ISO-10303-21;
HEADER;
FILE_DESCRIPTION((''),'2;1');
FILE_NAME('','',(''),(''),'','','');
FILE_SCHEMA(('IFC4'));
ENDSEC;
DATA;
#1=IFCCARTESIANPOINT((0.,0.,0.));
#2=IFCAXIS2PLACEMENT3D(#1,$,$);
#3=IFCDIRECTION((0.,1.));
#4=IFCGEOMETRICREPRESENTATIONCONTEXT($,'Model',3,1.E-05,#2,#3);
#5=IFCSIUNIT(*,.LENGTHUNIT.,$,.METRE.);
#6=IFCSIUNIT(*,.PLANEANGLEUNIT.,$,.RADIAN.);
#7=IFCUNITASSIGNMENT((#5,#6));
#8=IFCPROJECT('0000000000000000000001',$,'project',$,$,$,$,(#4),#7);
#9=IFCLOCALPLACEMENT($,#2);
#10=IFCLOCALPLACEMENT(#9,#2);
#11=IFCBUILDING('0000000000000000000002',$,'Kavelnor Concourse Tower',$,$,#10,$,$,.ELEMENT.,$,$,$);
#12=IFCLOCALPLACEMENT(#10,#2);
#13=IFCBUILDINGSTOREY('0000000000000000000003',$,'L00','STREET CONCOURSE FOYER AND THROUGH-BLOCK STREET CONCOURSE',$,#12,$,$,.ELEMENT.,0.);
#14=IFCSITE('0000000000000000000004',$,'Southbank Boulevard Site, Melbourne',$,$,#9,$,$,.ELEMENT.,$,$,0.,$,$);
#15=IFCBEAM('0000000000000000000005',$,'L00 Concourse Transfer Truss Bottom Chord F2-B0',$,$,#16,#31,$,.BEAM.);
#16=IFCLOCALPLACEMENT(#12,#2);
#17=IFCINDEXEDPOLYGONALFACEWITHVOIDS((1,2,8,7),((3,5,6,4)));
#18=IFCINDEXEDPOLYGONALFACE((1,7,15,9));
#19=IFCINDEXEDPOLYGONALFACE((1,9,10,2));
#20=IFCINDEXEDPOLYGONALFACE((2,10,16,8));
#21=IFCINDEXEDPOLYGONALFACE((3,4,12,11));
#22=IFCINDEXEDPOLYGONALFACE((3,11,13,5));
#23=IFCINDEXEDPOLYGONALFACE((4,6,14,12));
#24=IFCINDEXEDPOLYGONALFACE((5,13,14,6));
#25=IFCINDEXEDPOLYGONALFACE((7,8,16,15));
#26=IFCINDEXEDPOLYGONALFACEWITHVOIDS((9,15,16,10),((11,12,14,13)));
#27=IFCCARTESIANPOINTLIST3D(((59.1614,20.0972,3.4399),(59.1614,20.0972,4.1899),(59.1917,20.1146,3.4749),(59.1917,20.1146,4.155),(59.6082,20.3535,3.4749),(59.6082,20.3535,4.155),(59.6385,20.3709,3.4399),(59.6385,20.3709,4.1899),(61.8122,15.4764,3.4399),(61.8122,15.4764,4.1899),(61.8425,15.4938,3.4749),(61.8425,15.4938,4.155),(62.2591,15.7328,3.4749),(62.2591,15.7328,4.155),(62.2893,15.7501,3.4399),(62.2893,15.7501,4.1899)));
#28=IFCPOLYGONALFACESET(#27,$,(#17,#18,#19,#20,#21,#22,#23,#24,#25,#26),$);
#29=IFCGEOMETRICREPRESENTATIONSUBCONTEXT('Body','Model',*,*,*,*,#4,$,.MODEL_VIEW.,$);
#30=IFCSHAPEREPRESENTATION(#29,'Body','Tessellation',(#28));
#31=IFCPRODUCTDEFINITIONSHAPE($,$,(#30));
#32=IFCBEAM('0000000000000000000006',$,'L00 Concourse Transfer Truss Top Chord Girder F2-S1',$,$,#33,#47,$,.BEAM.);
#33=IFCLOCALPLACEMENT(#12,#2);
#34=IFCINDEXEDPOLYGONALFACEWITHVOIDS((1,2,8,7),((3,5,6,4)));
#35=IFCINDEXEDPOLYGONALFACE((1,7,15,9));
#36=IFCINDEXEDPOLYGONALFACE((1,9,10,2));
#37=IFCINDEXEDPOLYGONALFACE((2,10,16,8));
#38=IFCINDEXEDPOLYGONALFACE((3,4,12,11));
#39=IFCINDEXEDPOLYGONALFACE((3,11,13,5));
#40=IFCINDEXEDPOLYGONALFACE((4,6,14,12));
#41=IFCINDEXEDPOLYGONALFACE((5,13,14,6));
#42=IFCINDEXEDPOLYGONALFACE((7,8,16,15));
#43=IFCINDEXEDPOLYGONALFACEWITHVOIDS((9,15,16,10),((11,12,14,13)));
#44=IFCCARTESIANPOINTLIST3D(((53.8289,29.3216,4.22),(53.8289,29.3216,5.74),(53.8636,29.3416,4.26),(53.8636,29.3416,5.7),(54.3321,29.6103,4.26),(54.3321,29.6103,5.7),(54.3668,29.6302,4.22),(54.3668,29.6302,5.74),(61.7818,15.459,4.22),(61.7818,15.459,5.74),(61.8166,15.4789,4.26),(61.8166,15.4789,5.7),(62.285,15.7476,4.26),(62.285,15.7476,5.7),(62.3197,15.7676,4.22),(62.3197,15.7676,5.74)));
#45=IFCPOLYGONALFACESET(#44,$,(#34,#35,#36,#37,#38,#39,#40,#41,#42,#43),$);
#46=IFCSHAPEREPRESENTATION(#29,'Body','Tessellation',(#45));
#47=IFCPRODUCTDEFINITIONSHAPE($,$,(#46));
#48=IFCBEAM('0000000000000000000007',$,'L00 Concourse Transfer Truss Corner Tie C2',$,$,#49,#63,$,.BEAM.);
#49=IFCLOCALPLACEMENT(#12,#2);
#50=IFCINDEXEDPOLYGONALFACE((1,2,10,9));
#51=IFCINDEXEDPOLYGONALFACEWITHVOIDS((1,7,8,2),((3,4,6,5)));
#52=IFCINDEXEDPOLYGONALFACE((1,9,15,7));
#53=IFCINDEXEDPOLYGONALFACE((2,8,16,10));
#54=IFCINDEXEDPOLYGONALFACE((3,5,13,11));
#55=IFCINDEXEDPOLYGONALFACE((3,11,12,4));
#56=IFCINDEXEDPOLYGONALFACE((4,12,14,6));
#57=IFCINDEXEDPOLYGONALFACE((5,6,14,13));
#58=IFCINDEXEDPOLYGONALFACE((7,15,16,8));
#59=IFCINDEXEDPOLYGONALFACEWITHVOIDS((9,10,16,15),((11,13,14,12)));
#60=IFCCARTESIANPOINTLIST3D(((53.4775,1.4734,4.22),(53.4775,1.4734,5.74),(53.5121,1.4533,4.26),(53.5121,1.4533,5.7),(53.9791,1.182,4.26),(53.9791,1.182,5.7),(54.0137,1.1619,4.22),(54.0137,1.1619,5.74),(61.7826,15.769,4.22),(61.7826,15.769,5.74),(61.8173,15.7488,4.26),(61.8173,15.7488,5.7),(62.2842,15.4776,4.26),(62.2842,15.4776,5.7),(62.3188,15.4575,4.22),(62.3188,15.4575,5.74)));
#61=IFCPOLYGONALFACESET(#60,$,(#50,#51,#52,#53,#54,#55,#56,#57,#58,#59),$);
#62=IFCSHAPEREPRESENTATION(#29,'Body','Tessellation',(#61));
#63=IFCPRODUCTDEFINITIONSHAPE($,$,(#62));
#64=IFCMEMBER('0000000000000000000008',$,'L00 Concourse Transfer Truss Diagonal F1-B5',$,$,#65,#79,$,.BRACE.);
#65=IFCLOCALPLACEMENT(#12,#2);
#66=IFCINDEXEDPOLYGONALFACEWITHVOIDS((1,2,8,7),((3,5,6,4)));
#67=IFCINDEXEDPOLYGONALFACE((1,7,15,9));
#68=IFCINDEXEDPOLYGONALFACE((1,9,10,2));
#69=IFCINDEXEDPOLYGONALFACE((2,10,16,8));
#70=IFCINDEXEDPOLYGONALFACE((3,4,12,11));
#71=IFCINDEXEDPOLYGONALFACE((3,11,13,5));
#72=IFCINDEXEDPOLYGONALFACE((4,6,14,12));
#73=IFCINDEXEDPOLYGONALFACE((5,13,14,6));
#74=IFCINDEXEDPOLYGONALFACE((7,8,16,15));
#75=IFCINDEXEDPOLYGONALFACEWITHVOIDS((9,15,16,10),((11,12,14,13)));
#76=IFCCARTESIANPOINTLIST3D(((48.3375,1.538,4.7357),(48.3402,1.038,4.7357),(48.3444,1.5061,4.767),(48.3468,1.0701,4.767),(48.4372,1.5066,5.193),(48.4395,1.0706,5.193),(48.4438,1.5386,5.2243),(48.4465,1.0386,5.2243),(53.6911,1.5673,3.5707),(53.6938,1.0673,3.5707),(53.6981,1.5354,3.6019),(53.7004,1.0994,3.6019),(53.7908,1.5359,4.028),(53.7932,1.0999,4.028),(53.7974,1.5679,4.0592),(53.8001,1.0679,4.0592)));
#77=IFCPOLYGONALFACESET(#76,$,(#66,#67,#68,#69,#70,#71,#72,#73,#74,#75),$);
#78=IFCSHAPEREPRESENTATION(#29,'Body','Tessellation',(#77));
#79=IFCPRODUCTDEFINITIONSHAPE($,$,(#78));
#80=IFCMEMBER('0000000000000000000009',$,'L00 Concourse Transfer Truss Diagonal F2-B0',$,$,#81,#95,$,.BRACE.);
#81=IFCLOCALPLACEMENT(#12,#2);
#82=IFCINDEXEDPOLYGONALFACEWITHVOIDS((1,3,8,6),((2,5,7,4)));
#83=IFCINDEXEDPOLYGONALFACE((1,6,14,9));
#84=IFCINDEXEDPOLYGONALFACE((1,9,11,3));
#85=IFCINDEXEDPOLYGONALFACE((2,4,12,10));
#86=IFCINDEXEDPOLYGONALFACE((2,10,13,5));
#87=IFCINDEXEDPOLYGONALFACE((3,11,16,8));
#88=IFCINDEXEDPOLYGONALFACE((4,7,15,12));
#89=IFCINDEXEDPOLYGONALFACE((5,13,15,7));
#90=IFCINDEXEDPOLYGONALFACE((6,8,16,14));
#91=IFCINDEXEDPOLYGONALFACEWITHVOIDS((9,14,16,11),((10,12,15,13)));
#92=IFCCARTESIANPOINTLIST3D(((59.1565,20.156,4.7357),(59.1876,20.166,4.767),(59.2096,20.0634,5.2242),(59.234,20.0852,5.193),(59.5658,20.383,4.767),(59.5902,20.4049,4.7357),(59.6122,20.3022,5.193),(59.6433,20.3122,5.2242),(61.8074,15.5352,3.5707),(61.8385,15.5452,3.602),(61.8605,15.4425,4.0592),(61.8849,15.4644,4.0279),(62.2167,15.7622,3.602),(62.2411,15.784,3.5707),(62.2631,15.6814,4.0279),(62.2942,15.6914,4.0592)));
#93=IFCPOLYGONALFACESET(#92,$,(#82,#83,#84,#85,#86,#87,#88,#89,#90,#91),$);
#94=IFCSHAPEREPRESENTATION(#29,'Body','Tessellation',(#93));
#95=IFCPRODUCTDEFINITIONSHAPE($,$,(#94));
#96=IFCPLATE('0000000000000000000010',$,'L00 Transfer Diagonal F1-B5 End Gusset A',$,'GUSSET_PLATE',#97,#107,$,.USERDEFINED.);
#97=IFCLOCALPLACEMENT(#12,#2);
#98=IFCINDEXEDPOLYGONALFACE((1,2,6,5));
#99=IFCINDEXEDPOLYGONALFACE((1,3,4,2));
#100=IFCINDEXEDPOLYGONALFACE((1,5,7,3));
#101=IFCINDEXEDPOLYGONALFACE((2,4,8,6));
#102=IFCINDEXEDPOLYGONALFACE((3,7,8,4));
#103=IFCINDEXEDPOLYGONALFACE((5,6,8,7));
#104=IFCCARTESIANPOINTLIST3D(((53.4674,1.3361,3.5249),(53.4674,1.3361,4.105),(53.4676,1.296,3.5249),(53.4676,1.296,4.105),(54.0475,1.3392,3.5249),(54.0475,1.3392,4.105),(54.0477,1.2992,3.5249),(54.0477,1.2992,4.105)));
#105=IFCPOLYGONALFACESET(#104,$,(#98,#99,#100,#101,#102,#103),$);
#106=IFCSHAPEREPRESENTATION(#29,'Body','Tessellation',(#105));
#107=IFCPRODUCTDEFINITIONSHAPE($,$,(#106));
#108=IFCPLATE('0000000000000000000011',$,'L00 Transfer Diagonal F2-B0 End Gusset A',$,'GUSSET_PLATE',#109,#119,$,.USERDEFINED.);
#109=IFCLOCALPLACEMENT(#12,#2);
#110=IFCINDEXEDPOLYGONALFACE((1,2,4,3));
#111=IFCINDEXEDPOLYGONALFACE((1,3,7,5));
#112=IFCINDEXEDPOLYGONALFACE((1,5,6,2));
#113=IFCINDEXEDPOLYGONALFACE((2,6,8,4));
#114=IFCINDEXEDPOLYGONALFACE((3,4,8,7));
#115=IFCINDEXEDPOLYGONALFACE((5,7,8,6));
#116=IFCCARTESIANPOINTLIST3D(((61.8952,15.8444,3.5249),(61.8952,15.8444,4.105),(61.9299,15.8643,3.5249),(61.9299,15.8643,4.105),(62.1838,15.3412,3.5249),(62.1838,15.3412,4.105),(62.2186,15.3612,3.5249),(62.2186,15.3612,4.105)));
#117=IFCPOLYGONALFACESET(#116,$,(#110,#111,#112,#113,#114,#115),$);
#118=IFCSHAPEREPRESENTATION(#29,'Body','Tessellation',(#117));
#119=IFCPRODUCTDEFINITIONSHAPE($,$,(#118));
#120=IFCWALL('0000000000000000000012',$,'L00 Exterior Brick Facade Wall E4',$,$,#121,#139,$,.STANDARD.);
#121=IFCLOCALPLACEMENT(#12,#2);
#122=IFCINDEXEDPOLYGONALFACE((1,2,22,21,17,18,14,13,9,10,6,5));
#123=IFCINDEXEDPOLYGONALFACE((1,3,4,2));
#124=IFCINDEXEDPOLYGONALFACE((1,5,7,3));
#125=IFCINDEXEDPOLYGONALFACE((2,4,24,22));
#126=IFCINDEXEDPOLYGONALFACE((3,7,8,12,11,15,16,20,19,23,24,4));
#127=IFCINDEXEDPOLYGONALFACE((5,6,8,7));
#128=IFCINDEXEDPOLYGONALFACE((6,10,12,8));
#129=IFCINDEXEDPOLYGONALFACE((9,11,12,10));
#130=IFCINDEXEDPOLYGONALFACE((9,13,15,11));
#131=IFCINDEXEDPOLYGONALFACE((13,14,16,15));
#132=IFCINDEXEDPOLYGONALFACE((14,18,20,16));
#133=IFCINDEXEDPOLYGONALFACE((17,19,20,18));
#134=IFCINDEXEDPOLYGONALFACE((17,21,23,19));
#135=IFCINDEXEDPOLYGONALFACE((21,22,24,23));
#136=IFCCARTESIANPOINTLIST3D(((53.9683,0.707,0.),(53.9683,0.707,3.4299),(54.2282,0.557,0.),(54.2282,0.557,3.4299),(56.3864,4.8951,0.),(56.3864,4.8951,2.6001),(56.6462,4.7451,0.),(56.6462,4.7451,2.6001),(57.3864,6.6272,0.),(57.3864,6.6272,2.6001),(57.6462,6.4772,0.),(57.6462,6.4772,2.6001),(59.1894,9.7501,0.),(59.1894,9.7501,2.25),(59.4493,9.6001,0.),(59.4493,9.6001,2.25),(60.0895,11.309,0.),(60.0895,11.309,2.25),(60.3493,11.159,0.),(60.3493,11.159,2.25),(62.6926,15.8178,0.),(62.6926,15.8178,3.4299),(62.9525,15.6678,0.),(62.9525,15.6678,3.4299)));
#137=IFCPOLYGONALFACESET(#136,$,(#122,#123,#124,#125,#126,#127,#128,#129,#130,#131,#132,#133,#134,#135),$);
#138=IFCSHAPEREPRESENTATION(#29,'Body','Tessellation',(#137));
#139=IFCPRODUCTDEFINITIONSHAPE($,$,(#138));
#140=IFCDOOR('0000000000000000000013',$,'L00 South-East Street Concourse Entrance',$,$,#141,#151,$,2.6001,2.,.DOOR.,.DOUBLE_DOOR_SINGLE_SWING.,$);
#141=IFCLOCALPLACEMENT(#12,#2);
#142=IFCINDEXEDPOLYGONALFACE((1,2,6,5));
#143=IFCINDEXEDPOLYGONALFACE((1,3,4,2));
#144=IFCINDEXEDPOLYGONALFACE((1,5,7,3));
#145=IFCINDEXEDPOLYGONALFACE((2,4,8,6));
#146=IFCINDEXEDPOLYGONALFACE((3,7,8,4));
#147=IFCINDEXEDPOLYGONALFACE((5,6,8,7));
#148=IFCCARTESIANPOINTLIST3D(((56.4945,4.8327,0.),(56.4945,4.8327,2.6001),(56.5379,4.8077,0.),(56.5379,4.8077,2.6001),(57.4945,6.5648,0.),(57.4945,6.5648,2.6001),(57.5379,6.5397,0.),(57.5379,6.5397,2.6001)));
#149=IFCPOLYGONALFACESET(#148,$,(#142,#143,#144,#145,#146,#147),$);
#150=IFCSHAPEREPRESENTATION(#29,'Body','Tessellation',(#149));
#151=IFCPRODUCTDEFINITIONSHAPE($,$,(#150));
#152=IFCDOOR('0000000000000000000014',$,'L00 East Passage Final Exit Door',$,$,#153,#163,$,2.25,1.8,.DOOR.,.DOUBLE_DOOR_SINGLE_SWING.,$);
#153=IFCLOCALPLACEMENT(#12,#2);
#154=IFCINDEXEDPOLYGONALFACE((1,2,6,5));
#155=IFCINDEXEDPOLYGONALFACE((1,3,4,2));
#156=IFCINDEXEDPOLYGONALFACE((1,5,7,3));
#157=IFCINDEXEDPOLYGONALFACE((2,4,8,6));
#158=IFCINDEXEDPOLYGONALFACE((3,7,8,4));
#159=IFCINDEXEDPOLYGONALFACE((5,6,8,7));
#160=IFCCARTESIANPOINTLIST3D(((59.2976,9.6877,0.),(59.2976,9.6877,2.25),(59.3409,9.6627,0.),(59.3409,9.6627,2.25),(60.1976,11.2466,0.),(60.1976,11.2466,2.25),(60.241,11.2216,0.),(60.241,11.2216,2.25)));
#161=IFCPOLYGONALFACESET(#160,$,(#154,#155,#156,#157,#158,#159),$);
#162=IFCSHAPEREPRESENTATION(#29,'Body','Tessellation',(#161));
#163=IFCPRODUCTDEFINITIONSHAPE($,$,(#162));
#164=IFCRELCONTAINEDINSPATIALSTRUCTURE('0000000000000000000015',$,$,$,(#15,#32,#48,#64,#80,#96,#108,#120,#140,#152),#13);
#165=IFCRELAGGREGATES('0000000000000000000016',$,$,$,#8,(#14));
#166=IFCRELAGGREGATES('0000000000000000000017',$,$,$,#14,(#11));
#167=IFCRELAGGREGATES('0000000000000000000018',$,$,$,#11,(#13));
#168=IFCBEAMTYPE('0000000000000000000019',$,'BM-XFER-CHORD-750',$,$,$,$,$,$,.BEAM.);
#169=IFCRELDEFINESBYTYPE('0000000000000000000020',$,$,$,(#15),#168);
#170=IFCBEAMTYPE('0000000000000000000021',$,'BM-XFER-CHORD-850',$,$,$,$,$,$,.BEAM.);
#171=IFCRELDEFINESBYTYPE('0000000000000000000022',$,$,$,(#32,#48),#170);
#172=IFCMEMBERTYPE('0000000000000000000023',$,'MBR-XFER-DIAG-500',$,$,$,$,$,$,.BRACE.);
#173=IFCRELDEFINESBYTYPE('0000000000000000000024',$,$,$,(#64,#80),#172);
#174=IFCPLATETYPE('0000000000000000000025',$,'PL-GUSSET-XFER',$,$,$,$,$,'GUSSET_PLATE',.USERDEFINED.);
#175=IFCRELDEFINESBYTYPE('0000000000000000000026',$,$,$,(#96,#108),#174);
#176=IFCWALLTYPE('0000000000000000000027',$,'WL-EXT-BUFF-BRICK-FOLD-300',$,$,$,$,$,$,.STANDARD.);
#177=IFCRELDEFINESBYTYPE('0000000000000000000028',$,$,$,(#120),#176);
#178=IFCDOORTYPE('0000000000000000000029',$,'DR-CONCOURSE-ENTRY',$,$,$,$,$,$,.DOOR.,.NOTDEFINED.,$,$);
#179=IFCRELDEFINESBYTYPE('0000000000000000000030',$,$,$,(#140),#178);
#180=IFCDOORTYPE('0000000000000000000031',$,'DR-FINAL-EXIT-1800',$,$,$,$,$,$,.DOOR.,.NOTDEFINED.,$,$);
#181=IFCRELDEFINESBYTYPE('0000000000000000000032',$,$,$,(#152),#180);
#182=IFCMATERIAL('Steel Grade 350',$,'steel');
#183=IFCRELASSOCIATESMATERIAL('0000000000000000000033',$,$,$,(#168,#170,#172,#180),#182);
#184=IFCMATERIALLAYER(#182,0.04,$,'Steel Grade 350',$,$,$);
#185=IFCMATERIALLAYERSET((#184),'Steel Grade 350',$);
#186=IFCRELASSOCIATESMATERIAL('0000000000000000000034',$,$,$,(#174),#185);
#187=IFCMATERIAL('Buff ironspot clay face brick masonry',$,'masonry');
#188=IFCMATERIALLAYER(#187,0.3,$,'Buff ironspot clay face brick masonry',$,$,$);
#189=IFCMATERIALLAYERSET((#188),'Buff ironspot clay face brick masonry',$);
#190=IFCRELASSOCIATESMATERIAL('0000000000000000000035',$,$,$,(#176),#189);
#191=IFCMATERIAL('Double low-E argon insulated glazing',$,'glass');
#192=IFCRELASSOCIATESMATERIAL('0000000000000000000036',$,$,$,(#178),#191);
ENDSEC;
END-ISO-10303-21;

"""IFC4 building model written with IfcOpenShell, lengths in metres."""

from ifc_helpers import new_model, si_unit, direction, frame, frame_2d, origin, origin_2d, place, context, subcontext, project, spatial, rectangle, hollow_rectangle, extrude, material, layer, layer_set, material_profile, profile_set, type_object, element, fill, save


model = new_model("IFC4")

# Units and contexts
model_context = context("Model", 3, precision=1e-05, world=origin(), true_north=direction((0.0, 1.0)))
body_context = subcontext(model_context, "Body", "Model", "MODEL_VIEW")
ifc_project = project(units=[si_unit("LENGTHUNIT", "METRE"), si_unit("PLANEANGLEUNIT", "RADIAN")], contexts=[model_context])

# Site, building, storey
site_placement = place(None, origin())
site = spatial("IfcSite", under=ifc_project, at=site_placement, Name="Southbank Boulevard Site, Melbourne", CompositionType="ELEMENT", RefElevation=0.0)
building_placement = place(site_placement, origin())
building = spatial("IfcBuilding", under=site, at=building_placement, Name="Kavelnor Concourse Tower", CompositionType="ELEMENT")
storey_placement = place(building_placement, origin())
storey = spatial("IfcBuildingStorey", under=building, at=storey_placement, Name="L00", Description="STREET CONCOURSE FOYER AND THROUGH-BLOCK STREET CONCOURSE", CompositionType="ELEMENT", Elevation=0.0)

# Shared definitions
ifc_material_1 = material(Name="Steel Grade 350", Category="steel")

# Beams
ifc_material_profile_1 = material_profile(ifc_material_1, hollow_rectangle(XDim=0.55, YDim=0.75, WallThickness=0.0349, at=origin_2d()), Name="RHS 750x550x35")
ifc_profile_set_1 = profile_set([ifc_material_profile_1], Name="Steel Grade 350")
beam_type_1 = type_object("IfcBeamType", Name="BM-XFER-CHORD-750", PredefinedType="BEAM", material=ifc_profile_set_1)
beam_1_placement = place(storey_placement, frame((62.0508, 15.6133, 3.8149), z_axis=(-0.497609, 0.867401, 0.0), x_axis=(-0.867401, -0.497609, 0.0)))
element("IfcBeam", 1, at=beam_1_placement, inside=storey, type_object=beam_type_1, Name="L00 Concourse Transfer Truss Bottom Chord F2-B0", PredefinedType="BEAM", context=body_context, shape_type="SweptSolid", body=[
    extrude(hollow_rectangle(XDim=0.55, YDim=0.75, WallThickness=0.0349, at=origin_2d()), origin(), (0.0, 0.0, 1.0), 5.3271),
])
ifc_material_profile_2 = material_profile(ifc_material_1, hollow_rectangle(XDim=0.6201, YDim=1.52, WallThickness=0.04, at=origin_2d()), Name="RHS 1520x620x40")
ifc_profile_set_2 = profile_set([ifc_material_profile_2], Name="Steel Grade 350")
beam_type_2 = type_object("IfcBeamType", Name="BM-XFER-CHORD-850", PredefinedType="BEAM", material=ifc_profile_set_2)
beam_2_placement = place(storey_placement, frame((62.0508, 15.6133, 4.98), z_axis=(-0.49762, 0.867395, 0.0), x_axis=(-0.867395, -0.49762, 0.0)))
element("IfcBeam", 2, at=beam_2_placement, inside=storey, type_object=beam_type_2, Name="L00 Concourse Transfer Truss Top Chord Girder F2-S1", PredefinedType="BEAM", context=body_context, shape_type="SweptSolid", body=[
    extrude(hollow_rectangle(XDim=0.6201, YDim=1.52, WallThickness=0.04, at=origin_2d()), origin(), (0.0, 0.0, 1.0), 15.9819),
])
beam_3_placement = place(storey_placement, frame((53.7456, 1.3176, 4.98), z_axis=(0.502338, 0.864671, 0.0), x_axis=(-0.864671, 0.502338, 0.0)))
element("IfcBeam", 3, at=beam_3_placement, inside=storey, type_object=beam_type_2, Name="L00 Concourse Transfer Truss Corner Tie C2", PredefinedType="BEAM", context=body_context, shape_type="SweptSolid", body=[
    extrude(hollow_rectangle(XDim=0.6201, YDim=1.52, WallThickness=0.04, at=origin_2d()), origin(), (0.0, 0.0, 1.0), 16.533),
])

# Members
ifc_material_profile_3 = material_profile(ifc_material_1, hollow_rectangle(XDim=0.5, YDim=0.5, WallThickness=0.032, at=origin_2d()), Name="SHS 500x500x32")
ifc_profile_set_3 = profile_set([ifc_material_profile_3], Name="Steel Grade 350")
member_type = type_object("IfcMemberType", Name="MBR-XFER-DIAG-500", PredefinedType="BRACE", material=ifc_profile_set_3)
member_1_placement = place(storey_placement, frame((53.7456, 1.3176, 3.8149), z_axis=(-0.977116, -0.005347, 0.212641), x_axis=(0.005472, -0.999985, 0.0)))
element("IfcMember", 4, at=member_1_placement, inside=storey, type_object=member_type, Name="L00 Concourse Transfer Truss Diagonal F1-B5", PredefinedType="BRACE", context=body_context, shape_type="SweptSolid", body=[
    extrude(hollow_rectangle(XDim=0.5, YDim=0.5, WallThickness=0.032, at=origin_2d()), origin(), (0.0, 0.0, 1.0), 5.479),
])
member_2_placement = place(storey_placement, frame((62.0508, 15.6133, 3.8149), z_axis=(-0.48612, 0.847374, 0.213646), x_axis=(-0.867401, -0.497609, 0.0)))
element("IfcMember", 5, at=member_2_placement, inside=storey, type_object=member_type, Name="L00 Concourse Transfer Truss Diagonal F2-B0", PredefinedType="BRACE", context=body_context, shape_type="SweptSolid", body=[
    extrude(hollow_rectangle(XDim=0.5, YDim=0.5, WallThickness=0.032, at=origin_2d()), origin(), (0.0, 0.0, 1.0), 5.4531),
])

# Plates
ifc_layer_1 = layer(ifc_material_1, 0.04, Name="Steel Grade 350")
ifc_layer_set_1 = layer_set([ifc_layer_1], Name="Steel Grade 350")
plate_type = type_object("IfcPlateType", Name="PL-GUSSET-XFER", ElementType="GUSSET_PLATE", PredefinedType="USERDEFINED", material=ifc_layer_set_1)
for number, where, z_axis, x_axis, name in (
    (6, (53.7576, 1.3176, 3.5249), (0.0, 0.0, 1.0), (-0.999985, -0.00541, 0.0), "L00 Transfer Diagonal F1-B5 End Gusset A"),
    (7, (62.0569, 15.6028, 3.5249), (0.0, 0.0, 1.0), (-0.49758, 0.867418, 0.0), "L00 Transfer Diagonal F2-B0 End Gusset A"),
):
    element("IfcPlate", number, at=place(storey_placement, frame(where, z_axis=z_axis, x_axis=x_axis)), inside=storey, type_object=plate_type, Name=name, ObjectType="GUSSET_PLATE", PredefinedType="USERDEFINED", context=body_context, shape_type="SweptSolid", body=[
        extrude(rectangle(XDim=0.5801, YDim=0.04, at=origin_2d()), origin(), (0.0, 0.0, 1.0), 0.5801),
    ])

# Wall, openings, doors
ifc_material_2 = material(Name="Buff ironspot clay face brick masonry", Category="masonry")
ifc_layer_2 = layer(ifc_material_2, 0.3, Name="Buff ironspot clay face brick masonry")
ifc_layer_set_2 = layer_set([ifc_layer_2], Name="Buff ironspot clay face brick masonry")
wall_type_1 = type_object("IfcWallType", Name="WL-EXT-BUFF-BRICK-FOLD-300", PredefinedType="STANDARD", material=ifc_layer_set_2)
wall_1_placement = place(storey_placement, frame((62.8225, 15.7427, 0.0), z_axis=(0.0, 0.0, 1.0), x_axis=(-0.500005, -0.866022, 0.0)))
wall_1 = element("IfcWall", 8, at=wall_1_placement, inside=storey, type_object=wall_type_1, Name="L00 Exterior Brick Facade Wall E4", PredefinedType="STANDARD", context=body_context, shape_type="SweptSolid", body=[
    extrude(rectangle(XDim=17.4485, YDim=0.3, at=frame_2d((8.7241, 0.0))), origin(), (0.0, 0.0, 1.0), 3.4299),
])
opening_1_placement = place(wall_1_placement, frame((5.2063, 0.0, 0.0)))
opening_1 = element("IfcOpeningElement", 9, at=opening_1_placement, cuts=wall_1, PredefinedType="OPENING", context=body_context, shape_type="SweptSolid", body=[
    extrude(rectangle(XDim=1.8, YDim=2.25, at=frame_2d((0.8999, 1.125))), frame((0.0, 0.1602, 0.0), z_axis=(0.0, -1.0, 0.0), x_axis=(1.0, 0.0, 0.0)), (0.0, 0.0, 1.0), 0.3201),
])
opening_2_placement = place(wall_1_placement, frame((10.6123, 0.0, 0.0)))
opening_2 = element("IfcOpeningElement", 10, at=opening_2_placement, cuts=wall_1, PredefinedType="OPENING", context=body_context, shape_type="SweptSolid", body=[
    extrude(rectangle(XDim=2.0, YDim=2.6001, at=frame_2d((1.0, 1.3))), frame((0.0, 0.1602, 0.0), z_axis=(0.0, -1.0, 0.0), x_axis=(1.0, 0.0, 0.0)), (0.0, 0.0, 1.0), 0.3201),
])
ifc_material_3 = material(Name="Double low-E argon insulated glazing", Category="glass")
door_type_1 = type_object("IfcDoorType", Name="DR-CONCOURSE-ENTRY", OperationType="NOTDEFINED", PredefinedType="DOOR", material=ifc_material_3)
door_1_placement = place(opening_2_placement, origin())
door_1 = element("IfcDoor", 11, at=door_1_placement, inside=storey, type_object=door_type_1, Name="L00 South-East Street Concourse Entrance", OperationType="DOUBLE_DOOR_SINGLE_SWING", OverallHeight=2.6001, OverallWidth=2.0, PredefinedType="DOOR", context=body_context, shape_type="SweptSolid", body=[
    extrude(rectangle(XDim=2.0, YDim=2.6001, at=frame_2d((1.0, 1.3))), frame((0.0, 0.0249, 0.0), z_axis=(0.0, -1.0, 0.0), x_axis=(1.0, 0.0, 0.0)), (0.0, 0.0, 1.0), 0.05),
])
fill(opening_2, door_1)
door_type_2 = type_object("IfcDoorType", Name="DR-FINAL-EXIT-1800", OperationType="NOTDEFINED", PredefinedType="DOOR", material=ifc_material_1)
door_2_placement = place(opening_1_placement, origin())
door_2 = element("IfcDoor", 12, at=door_2_placement, inside=storey, type_object=door_type_2, Name="L00 East Passage Final Exit Door", OperationType="DOUBLE_DOOR_SINGLE_SWING", OverallHeight=2.25, OverallWidth=1.8, PredefinedType="DOOR", context=body_context, shape_type="SweptSolid", body=[
    extrude(rectangle(XDim=1.8, YDim=2.25, at=frame_2d((0.8999, 1.125))), frame((0.0, 0.0249, 0.0), z_axis=(0.0, -1.0, 0.0), x_axis=(1.0, 0.0, 0.0)), (0.0, 0.0, 1.0), 0.05),
])
fill(opening_1, door_2)

save(model, "model.ifc")
